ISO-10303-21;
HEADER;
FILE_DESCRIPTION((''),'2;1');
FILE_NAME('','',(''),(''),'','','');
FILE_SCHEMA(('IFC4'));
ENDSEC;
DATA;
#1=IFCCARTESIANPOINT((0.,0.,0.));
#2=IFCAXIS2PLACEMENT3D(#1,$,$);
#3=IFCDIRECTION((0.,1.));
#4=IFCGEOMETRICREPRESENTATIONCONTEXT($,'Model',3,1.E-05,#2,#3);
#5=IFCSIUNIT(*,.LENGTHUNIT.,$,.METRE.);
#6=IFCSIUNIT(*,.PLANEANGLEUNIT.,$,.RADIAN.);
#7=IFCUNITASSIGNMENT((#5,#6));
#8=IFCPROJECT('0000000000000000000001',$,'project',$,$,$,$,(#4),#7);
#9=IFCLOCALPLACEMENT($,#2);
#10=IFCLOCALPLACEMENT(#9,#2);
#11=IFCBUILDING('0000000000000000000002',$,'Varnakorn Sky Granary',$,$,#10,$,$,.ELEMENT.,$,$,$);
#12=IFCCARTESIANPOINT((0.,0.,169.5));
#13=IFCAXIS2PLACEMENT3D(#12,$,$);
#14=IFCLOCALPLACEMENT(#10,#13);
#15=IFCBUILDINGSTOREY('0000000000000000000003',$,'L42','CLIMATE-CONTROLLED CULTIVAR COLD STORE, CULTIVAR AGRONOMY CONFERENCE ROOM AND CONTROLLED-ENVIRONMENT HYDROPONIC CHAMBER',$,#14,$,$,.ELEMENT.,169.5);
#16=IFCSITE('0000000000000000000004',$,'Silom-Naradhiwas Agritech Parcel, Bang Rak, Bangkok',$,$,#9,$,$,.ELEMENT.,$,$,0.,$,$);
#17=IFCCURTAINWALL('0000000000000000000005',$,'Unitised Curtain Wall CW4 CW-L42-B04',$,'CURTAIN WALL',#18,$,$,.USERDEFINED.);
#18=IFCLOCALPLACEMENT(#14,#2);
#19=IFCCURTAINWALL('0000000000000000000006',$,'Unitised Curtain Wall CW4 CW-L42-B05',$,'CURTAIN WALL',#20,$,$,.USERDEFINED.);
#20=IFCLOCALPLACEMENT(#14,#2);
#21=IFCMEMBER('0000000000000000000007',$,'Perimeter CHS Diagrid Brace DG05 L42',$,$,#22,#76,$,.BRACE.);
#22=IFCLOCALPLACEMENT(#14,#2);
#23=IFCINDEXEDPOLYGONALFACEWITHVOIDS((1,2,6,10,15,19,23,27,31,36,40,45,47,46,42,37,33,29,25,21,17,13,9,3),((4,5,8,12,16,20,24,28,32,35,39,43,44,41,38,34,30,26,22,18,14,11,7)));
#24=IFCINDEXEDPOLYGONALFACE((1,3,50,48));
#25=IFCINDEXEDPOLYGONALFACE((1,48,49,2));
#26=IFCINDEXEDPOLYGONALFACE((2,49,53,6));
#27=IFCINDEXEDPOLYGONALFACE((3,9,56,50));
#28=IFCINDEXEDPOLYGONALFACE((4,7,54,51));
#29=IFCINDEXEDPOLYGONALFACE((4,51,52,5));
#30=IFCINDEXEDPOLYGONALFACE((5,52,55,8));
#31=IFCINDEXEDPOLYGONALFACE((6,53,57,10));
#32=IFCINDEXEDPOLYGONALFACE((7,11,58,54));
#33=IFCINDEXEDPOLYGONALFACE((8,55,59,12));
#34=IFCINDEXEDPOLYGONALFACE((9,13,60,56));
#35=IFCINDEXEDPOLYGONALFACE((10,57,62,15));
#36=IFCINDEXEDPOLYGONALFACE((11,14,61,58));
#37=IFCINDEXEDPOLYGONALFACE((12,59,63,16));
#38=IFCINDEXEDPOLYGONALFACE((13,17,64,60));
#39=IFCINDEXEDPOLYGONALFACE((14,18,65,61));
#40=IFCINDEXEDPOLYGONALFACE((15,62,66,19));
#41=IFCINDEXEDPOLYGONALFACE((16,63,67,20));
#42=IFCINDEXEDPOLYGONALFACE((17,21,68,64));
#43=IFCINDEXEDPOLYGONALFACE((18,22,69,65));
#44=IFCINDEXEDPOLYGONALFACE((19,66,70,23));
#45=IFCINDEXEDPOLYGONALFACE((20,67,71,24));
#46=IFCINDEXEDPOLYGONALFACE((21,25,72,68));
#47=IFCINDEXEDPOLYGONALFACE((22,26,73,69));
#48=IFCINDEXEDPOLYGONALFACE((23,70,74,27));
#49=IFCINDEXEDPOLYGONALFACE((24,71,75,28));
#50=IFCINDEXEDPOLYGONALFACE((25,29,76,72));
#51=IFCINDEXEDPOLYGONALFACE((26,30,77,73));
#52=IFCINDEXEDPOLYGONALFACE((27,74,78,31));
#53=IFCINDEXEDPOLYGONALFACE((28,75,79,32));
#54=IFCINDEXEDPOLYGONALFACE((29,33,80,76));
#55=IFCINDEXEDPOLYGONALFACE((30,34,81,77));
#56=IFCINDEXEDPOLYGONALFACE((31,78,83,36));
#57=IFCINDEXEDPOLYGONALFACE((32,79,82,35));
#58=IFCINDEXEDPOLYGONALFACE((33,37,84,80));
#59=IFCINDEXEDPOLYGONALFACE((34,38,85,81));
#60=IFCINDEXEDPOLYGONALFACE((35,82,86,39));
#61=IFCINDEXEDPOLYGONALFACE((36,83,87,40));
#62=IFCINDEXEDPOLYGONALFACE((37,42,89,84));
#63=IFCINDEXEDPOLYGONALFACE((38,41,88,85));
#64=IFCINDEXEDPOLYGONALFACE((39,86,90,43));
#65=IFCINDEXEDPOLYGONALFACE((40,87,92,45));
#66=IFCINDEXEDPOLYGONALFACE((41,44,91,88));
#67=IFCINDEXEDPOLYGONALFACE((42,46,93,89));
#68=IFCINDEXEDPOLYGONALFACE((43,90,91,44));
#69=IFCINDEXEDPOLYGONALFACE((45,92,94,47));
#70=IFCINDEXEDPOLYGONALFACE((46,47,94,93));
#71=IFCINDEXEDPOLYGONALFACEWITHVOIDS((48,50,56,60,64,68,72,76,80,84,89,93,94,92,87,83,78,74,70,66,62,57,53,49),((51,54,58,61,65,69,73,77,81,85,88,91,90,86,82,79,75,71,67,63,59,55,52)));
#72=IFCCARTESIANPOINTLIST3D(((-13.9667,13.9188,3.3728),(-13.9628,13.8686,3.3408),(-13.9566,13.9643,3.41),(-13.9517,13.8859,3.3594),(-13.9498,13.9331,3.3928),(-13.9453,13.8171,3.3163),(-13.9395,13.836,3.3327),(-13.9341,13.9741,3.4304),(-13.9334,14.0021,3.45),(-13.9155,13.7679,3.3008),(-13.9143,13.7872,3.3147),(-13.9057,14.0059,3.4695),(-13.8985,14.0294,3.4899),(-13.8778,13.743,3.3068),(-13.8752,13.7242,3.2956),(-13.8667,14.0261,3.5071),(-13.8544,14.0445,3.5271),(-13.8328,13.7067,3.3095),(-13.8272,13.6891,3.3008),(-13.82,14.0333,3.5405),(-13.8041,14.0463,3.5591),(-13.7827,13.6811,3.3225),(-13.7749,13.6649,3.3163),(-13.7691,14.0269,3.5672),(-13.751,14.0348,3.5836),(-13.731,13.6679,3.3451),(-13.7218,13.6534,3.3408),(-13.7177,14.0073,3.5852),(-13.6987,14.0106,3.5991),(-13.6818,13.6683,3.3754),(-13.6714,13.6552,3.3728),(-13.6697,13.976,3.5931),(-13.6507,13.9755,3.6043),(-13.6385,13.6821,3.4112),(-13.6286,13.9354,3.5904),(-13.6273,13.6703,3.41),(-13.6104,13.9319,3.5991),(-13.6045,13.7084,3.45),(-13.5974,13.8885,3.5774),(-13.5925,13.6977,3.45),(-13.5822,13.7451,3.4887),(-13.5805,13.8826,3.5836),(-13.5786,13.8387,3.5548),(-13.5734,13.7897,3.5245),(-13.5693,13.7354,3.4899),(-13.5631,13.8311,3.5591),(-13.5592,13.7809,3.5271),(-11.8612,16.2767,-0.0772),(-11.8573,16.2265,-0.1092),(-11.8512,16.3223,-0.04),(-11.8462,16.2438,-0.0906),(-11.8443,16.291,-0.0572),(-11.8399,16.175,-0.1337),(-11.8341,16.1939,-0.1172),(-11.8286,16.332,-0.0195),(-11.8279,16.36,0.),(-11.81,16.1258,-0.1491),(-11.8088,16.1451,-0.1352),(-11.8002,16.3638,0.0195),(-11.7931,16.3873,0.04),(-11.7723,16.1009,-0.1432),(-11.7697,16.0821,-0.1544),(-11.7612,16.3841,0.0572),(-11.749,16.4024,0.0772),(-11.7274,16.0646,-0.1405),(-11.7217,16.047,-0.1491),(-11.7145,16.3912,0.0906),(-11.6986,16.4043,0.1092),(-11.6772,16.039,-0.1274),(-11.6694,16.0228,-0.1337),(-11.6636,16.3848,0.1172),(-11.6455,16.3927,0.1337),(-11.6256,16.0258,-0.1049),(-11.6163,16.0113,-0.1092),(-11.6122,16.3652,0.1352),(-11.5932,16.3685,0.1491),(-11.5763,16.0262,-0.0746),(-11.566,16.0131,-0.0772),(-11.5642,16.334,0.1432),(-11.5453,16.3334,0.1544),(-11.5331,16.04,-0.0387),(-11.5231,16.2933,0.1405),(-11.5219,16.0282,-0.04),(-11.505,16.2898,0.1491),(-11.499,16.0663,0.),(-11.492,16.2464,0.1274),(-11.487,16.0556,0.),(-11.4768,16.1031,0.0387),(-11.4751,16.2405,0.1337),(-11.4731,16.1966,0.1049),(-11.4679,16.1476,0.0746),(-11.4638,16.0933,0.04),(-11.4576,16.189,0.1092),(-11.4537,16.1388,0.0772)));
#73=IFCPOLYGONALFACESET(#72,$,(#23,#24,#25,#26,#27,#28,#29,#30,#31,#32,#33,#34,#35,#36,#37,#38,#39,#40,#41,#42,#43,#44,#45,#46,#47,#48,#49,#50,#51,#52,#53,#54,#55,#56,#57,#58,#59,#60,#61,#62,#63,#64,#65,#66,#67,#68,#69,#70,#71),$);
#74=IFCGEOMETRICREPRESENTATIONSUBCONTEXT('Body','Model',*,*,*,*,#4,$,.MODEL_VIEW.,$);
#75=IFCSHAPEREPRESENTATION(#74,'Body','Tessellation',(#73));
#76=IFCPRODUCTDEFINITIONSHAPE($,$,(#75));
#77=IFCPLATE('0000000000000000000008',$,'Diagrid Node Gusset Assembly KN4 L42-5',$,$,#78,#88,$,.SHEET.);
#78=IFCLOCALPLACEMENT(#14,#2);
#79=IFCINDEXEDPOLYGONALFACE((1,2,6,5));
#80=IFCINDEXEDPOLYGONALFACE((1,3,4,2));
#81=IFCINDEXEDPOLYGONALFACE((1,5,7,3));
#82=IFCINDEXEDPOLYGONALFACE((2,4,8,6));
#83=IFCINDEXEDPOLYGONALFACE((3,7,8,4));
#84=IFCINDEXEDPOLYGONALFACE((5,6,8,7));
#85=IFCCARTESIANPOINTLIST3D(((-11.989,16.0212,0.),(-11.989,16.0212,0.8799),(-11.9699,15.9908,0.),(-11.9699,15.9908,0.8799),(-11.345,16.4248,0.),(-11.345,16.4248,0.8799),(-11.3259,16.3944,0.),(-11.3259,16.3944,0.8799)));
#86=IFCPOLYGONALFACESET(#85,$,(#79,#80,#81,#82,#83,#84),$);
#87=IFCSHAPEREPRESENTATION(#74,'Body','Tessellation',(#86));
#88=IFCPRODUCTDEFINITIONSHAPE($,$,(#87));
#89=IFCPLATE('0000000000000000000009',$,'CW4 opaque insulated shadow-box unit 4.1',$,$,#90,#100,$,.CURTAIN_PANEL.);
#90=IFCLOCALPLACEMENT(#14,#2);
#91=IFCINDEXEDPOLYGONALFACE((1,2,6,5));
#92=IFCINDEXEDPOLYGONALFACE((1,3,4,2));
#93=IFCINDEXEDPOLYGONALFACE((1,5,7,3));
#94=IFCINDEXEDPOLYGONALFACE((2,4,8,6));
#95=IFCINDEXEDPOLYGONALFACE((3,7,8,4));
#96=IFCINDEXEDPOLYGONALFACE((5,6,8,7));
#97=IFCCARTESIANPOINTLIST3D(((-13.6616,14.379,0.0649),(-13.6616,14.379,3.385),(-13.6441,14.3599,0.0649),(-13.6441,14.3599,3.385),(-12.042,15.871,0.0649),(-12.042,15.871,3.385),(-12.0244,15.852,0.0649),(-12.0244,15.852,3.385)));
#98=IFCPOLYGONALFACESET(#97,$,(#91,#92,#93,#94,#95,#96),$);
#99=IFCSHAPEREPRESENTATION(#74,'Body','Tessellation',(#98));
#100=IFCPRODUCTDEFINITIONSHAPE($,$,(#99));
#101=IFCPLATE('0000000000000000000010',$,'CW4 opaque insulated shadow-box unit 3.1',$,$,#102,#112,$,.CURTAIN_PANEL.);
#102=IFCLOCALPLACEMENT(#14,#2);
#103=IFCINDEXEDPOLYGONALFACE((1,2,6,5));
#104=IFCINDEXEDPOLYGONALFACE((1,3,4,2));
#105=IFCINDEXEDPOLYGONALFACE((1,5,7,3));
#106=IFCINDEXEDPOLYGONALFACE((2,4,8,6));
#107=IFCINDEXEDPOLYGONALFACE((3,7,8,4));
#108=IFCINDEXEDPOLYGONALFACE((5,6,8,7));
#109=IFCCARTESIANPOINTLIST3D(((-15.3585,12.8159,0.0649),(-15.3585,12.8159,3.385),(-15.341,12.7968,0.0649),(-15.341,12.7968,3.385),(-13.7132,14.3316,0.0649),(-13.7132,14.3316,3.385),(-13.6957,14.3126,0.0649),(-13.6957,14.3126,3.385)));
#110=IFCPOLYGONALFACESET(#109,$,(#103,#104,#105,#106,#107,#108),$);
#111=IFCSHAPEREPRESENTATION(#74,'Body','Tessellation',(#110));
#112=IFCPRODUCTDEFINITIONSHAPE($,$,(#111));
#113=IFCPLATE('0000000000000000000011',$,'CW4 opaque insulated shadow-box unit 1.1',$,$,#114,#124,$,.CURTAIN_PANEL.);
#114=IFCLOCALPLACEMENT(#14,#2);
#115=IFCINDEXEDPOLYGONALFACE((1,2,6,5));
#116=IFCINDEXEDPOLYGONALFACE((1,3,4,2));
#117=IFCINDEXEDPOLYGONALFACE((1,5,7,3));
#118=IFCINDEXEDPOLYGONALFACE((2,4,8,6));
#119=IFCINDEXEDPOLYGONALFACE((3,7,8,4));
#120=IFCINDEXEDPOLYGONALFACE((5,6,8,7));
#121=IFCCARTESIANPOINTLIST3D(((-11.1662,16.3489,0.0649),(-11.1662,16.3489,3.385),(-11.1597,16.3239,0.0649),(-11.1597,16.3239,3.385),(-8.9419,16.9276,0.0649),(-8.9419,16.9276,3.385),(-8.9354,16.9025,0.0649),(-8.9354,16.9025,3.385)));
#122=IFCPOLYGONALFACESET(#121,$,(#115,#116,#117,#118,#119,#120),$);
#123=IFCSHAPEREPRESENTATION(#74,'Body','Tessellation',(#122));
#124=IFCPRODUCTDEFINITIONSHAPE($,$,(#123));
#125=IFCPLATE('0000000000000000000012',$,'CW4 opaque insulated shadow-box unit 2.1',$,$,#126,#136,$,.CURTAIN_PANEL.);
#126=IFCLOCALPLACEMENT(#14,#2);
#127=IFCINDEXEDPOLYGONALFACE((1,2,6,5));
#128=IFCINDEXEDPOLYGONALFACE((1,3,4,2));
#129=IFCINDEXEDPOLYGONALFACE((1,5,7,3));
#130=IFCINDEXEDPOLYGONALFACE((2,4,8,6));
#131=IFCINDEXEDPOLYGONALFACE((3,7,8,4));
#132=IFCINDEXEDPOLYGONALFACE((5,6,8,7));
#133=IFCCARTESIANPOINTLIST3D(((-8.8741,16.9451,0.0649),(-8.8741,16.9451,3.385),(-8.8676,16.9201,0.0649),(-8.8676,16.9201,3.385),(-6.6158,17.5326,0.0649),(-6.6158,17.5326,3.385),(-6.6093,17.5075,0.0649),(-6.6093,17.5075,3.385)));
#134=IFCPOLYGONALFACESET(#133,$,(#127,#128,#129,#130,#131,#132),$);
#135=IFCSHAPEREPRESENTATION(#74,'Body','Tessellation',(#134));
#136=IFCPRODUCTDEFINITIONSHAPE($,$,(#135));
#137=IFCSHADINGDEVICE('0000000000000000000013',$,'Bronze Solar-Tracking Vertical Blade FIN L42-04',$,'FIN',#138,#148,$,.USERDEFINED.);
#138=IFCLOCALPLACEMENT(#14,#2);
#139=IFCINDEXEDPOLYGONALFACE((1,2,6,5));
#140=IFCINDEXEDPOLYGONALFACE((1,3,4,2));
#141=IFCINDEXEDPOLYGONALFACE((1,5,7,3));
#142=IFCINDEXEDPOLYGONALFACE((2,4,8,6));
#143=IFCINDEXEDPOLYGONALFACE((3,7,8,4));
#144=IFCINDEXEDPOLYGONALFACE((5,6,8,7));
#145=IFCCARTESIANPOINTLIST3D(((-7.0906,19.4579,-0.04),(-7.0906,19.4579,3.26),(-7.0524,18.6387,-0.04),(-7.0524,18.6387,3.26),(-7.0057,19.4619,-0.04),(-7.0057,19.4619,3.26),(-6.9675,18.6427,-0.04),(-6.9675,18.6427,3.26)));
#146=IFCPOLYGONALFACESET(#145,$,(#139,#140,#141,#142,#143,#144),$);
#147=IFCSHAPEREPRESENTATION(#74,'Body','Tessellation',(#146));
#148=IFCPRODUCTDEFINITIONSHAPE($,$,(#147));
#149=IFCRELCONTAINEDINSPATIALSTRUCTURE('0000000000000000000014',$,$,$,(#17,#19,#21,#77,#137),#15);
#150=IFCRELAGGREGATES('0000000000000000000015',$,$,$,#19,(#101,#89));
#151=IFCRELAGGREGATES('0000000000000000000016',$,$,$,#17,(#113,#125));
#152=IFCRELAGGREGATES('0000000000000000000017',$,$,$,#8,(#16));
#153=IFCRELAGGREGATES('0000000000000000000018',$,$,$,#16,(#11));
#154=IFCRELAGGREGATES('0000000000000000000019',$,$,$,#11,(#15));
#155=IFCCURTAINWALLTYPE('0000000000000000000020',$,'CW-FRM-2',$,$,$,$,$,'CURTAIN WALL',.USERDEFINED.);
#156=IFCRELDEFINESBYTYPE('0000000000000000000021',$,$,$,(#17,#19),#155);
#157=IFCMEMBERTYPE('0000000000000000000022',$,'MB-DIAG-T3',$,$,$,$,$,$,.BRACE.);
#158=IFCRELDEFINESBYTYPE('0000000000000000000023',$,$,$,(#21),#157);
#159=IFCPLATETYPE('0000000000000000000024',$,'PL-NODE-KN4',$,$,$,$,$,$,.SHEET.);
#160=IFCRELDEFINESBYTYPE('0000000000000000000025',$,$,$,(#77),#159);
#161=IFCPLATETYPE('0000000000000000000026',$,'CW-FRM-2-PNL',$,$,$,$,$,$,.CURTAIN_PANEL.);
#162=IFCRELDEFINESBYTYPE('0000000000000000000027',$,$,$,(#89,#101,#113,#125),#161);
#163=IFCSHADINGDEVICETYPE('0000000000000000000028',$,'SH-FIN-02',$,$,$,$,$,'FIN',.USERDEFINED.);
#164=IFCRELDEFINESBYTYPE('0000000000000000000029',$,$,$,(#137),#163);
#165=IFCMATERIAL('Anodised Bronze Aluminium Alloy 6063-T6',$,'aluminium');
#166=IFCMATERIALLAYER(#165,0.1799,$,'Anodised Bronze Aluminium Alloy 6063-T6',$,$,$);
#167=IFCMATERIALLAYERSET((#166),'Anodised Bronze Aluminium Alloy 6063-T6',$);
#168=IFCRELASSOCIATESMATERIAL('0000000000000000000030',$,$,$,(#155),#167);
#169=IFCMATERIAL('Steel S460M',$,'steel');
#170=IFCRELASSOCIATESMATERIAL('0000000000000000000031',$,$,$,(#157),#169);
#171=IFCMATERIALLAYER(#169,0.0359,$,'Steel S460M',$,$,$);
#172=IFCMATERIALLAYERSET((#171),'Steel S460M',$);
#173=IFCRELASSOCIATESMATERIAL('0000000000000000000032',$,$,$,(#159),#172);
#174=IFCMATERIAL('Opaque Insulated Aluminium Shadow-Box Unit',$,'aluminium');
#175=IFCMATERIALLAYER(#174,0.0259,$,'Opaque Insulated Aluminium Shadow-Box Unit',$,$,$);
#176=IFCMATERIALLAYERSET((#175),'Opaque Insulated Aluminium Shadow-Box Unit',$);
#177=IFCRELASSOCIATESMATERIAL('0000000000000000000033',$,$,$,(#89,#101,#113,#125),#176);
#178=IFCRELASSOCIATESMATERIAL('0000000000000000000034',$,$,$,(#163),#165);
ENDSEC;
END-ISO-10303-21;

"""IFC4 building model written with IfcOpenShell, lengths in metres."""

from ifc_helpers import new_model, si_unit, direction, frame, origin, origin_2d, place, context, subcontext, project, spatial, rectangle, hollow_circle, extrude, source, transform, mapped, material, layer, layer_set, material_profile, profile_set, type_object, type_shapes, element, aggregate, save


model = new_model("IFC4")

# Units and contexts
model_context = context("Model", 3, precision=1e-05, world=origin(), true_north=direction((0.0, 1.0)))
body_context = subcontext(model_context, "Body", "Model", "MODEL_VIEW")
ifc_project = project(units=[si_unit("LENGTHUNIT", "METRE"), si_unit("PLANEANGLEUNIT", "RADIAN")], contexts=[model_context])

# Site, building, storey
site_placement = place(None, origin())
site = spatial("IfcSite", under=ifc_project, at=site_placement, Name="Silom-Naradhiwas Agritech Parcel, Bang Rak, Bangkok", CompositionType="ELEMENT", RefElevation=0.0)
building_placement = place(site_placement, origin())
building = spatial("IfcBuilding", under=site, at=building_placement, Name="Varnakorn Sky Granary", CompositionType="ELEMENT")
storey_placement = place(building_placement, frame((0.0, 0.0, 169.5)))
storey = spatial("IfcBuildingStorey", under=building, at=storey_placement, Name="L42", Description="CLIMATE-CONTROLLED CULTIVAR COLD STORE, CULTIVAR AGRONOMY CONFERENCE ROOM AND CONTROLLED-ENVIRONMENT HYDROPONIC CHAMBER", CompositionType="ELEMENT", Elevation=169.5)

# Shared definitions
ifc_material_1 = material(Name="Steel S460M", Category="steel")

# Curtain walls
ifc_material_2 = material(Name="Anodised Bronze Aluminium Alloy 6063-T6", Category="aluminium")
ifc_layer_1 = layer(ifc_material_2, 0.1799, Name="Anodised Bronze Aluminium Alloy 6063-T6")
ifc_layer_set_1 = layer_set([ifc_layer_1], Name="Anodised Bronze Aluminium Alloy 6063-T6")
curtain_wall_type = type_object("IfcCurtainWallType", Name="CW-FRM-2", ElementType="CURTAIN WALL", PredefinedType="USERDEFINED", material=ifc_layer_set_1)
curtain_wall_1_placement = place(storey_placement, origin())
curtain_wall_1 = element("IfcCurtainWall", 1, at=curtain_wall_1_placement, inside=storey, type_object=curtain_wall_type, Name="Unitised Curtain Wall CW4 CW-L42-B04", ObjectType="CURTAIN WALL", PredefinedType="USERDEFINED")
curtain_wall_2_placement = place(storey_placement, origin())
curtain_wall_2 = element("IfcCurtainWall", 2, at=curtain_wall_2_placement, inside=storey, type_object=curtain_wall_type, Name="Unitised Curtain Wall CW4 CW-L42-B05", ObjectType="CURTAIN WALL", PredefinedType="USERDEFINED")

# Member
ifc_material_profile_1 = material_profile(ifc_material_1, hollow_circle(Radius=0.2285, WallThickness=0.0161, at=origin_2d()), Name="CHS 457x16")
ifc_profile_set_1 = profile_set([ifc_material_profile_1], Name="Steel S460M")
member_type_1 = type_object("IfcMemberType", Name="MB-DIAG-T3", PredefinedType="BRACE", material=ifc_profile_set_1)
member_1_placement = place(storey_placement, frame((-11.6575, 16.2078, 0.0), z_axis=(-0.449964, -0.503913, 0.737295), x_axis=(0.745908, -0.66605, 0.0)))
element("IfcMember", 3, at=member_1_placement, inside=storey, type_object=member_type_1, Name="Perimeter CHS Diagrid Brace DG05 L42", PredefinedType="BRACE", context=body_context, shape_type="SweptSolid", body=[
    extrude(hollow_circle(Radius=0.2285, WallThickness=0.0161, at=origin_2d()), origin(), (0.0, 0.0, 1.0), 4.6792),
])

# Plates
ifc_layer_2 = layer(ifc_material_1, 0.0359, Name="Steel S460M")
ifc_layer_set_2 = layer_set([ifc_layer_2], Name="Steel S460M")
plate_type_1 = type_object("IfcPlateType", Name="PL-NODE-KN4", PredefinedType="SHEET", material=ifc_layer_set_2)
plate_1_placement = place(storey_placement, frame((-11.6575, 16.2078, 0.0), z_axis=(0.0, 0.0, 1.0), x_axis=(-0.847347, -0.531039, 0.0)))
element("IfcPlate", 4, at=plate_1_placement, inside=storey, type_object=plate_type_1, Name="Diagrid Node Gusset Assembly KN4 L42-5", PredefinedType="SHEET", context=body_context, shape_type="SweptSolid", body=[
    extrude(rectangle(XDim=0.76, YDim=0.0359, at=origin_2d()), origin(), (0.0, 0.0, 1.0), 0.8799),
])
ifc_material_3 = material(Name="Opaque Insulated Aluminium Shadow-Box Unit", Category="aluminium")
ifc_layer_3 = layer(ifc_material_3, 0.0259, Name="Opaque Insulated Aluminium Shadow-Box Unit")
ifc_layer_set_3 = layer_set([ifc_layer_3], Name="Opaque Insulated Aluminium Shadow-Box Unit")
plate_type_2 = type_object("IfcPlateType", Name="CW-FRM-2-PNL", PredefinedType="CURTAIN_PANEL")
shared_shape_1 = source(origin(), body_context, "Body", "SweptSolid", [
    extrude(rectangle(XDim=2.2021, YDim=0.0259, at=origin_2d()), origin(), (0.0, 0.0, 1.0), 3.3201),
])
plate_2_placement = place(storey_placement, frame((-12.843, 15.1155, 0.0649), z_axis=(0.0, 0.0, 1.0), x_axis=(0.735479, 0.677548, 0.0)))
plate_2 = element("IfcPlate", 5, at=plate_2_placement, type_object=plate_type_2, material=ifc_layer_set_3, Name="CW4 opaque insulated shadow-box unit 4.1", PredefinedType="CURTAIN_PANEL", context=body_context, shape_type="MappedRepresentation", body=[
    mapped(shared_shape_1, transform((0.0, 0.0, 0.0), x_axis=(1.0, 0.0, 0.0), y_axis=(0.0, 1.0, 0.0), z_axis=(0.0, 0.0, 1.0), scale=1.0)),
])
shared_shape_2 = source(origin(), body_context, "Body", "SweptSolid", [
    extrude(rectangle(XDim=2.2371, YDim=0.0259, at=origin_2d()), origin(), (0.0, 0.0, 1.0), 3.3201),
])
plate_3_placement = place(storey_placement, frame((-14.5271, 13.5642, 0.0649), z_axis=(0.0, 0.0, 1.0), x_axis=(0.735479, 0.677548, 0.0)))
plate_3 = element("IfcPlate", 6, at=plate_3_placement, type_object=plate_type_2, material=ifc_layer_set_3, Name="CW4 opaque insulated shadow-box unit 3.1", PredefinedType="CURTAIN_PANEL", context=body_context, shape_type="MappedRepresentation", body=[
    mapped(shared_shape_2, transform((0.0, 0.0, 0.0), x_axis=(1.0, 0.0, 0.0), y_axis=(0.0, 1.0, 0.0), z_axis=(0.0, 0.0, 1.0), scale=1.0)),
])
aggregate(curtain_wall_2, [plate_3, plate_2])
shared_shape_3 = source(origin(), body_context, "Body", "SweptSolid", [
    extrude(rectangle(XDim=2.2983, YDim=0.0259, at=origin_2d()), origin(), (0.0, 0.0, 1.0), 3.3201),
])
plate_4_placement = place(storey_placement, frame((-10.0508, 16.6257, 0.0649), z_axis=(0.0, 0.0, 1.0), x_axis=(0.96779, 0.251759, 0.0)))
plate_4 = element("IfcPlate", 7, at=plate_4_placement, type_object=plate_type_2, material=ifc_layer_set_3, Name="CW4 opaque insulated shadow-box unit 1.1", PredefinedType="CURTAIN_PANEL", context=body_context, shape_type="MappedRepresentation", body=[
    mapped(shared_shape_3, transform((0.0, 0.0, 0.0), x_axis=(1.0, 0.0, 0.0), y_axis=(0.0, 1.0, 0.0), z_axis=(0.0, 0.0, 1.0), scale=1.0)),
])
shared_shape_4 = source(origin(), body_context, "Body", "SweptSolid", [
    extrude(rectangle(XDim=2.3335, YDim=0.0259, at=origin_2d()), origin(), (0.0, 0.0, 1.0), 3.3201),
])
type_shapes(plate_type_2, [shared_shape_1, shared_shape_2, shared_shape_3, shared_shape_4])
plate_5_placement = place(storey_placement, frame((-7.7417, 17.2263, 0.0649), z_axis=(0.0, 0.0, 1.0), x_axis=(0.96779, 0.251759, 0.0)))
plate_5 = element("IfcPlate", 8, at=plate_5_placement, type_object=plate_type_2, material=ifc_layer_set_3, Name="CW4 opaque insulated shadow-box unit 2.1", PredefinedType="CURTAIN_PANEL", context=body_context, shape_type="MappedRepresentation", body=[
    mapped(shared_shape_4, transform((0.0, 0.0, 0.0), x_axis=(1.0, 0.0, 0.0), y_axis=(0.0, 1.0, 0.0), z_axis=(0.0, 0.0, 1.0), scale=1.0)),
])
aggregate(curtain_wall_1, [plate_4, plate_5])

# Shading device
shading_device_type = type_object("IfcShadingDeviceType", Name="SH-FIN-02", ElementType="FIN", PredefinedType="USERDEFINED", material=ifc_material_2)
shared_shape_5 = source(origin(), body_context, "Body", "SweptSolid", [
    extrude(rectangle(XDim=0.085, YDim=0.8201, at=origin_2d()), origin(), (0.0, 0.0, 1.0), 3.3),
])
type_shapes(shading_device_type, [shared_shape_5])
shading_device_placement = place(storey_placement, frame((-7.0291, 19.0503, -0.04), z_axis=(0.0, 0.0, 1.0), x_axis=(-0.998914, -0.046599, 0.0)))
element("IfcShadingDevice", 9, at=shading_device_placement, inside=storey, type_object=shading_device_type, Name="Bronze Solar-Tracking Vertical Blade FIN L42-04", ObjectType="FIN", PredefinedType="USERDEFINED", context=body_context, shape_type="MappedRepresentation", body=[
    mapped(shared_shape_5, transform((0.0, 0.0, 0.0), x_axis=(1.0, 0.0, 0.0), y_axis=(0.0, 1.0, 0.0), z_axis=(0.0, 0.0, 1.0), scale=1.0)),
])

save(model, "model.ifc")
